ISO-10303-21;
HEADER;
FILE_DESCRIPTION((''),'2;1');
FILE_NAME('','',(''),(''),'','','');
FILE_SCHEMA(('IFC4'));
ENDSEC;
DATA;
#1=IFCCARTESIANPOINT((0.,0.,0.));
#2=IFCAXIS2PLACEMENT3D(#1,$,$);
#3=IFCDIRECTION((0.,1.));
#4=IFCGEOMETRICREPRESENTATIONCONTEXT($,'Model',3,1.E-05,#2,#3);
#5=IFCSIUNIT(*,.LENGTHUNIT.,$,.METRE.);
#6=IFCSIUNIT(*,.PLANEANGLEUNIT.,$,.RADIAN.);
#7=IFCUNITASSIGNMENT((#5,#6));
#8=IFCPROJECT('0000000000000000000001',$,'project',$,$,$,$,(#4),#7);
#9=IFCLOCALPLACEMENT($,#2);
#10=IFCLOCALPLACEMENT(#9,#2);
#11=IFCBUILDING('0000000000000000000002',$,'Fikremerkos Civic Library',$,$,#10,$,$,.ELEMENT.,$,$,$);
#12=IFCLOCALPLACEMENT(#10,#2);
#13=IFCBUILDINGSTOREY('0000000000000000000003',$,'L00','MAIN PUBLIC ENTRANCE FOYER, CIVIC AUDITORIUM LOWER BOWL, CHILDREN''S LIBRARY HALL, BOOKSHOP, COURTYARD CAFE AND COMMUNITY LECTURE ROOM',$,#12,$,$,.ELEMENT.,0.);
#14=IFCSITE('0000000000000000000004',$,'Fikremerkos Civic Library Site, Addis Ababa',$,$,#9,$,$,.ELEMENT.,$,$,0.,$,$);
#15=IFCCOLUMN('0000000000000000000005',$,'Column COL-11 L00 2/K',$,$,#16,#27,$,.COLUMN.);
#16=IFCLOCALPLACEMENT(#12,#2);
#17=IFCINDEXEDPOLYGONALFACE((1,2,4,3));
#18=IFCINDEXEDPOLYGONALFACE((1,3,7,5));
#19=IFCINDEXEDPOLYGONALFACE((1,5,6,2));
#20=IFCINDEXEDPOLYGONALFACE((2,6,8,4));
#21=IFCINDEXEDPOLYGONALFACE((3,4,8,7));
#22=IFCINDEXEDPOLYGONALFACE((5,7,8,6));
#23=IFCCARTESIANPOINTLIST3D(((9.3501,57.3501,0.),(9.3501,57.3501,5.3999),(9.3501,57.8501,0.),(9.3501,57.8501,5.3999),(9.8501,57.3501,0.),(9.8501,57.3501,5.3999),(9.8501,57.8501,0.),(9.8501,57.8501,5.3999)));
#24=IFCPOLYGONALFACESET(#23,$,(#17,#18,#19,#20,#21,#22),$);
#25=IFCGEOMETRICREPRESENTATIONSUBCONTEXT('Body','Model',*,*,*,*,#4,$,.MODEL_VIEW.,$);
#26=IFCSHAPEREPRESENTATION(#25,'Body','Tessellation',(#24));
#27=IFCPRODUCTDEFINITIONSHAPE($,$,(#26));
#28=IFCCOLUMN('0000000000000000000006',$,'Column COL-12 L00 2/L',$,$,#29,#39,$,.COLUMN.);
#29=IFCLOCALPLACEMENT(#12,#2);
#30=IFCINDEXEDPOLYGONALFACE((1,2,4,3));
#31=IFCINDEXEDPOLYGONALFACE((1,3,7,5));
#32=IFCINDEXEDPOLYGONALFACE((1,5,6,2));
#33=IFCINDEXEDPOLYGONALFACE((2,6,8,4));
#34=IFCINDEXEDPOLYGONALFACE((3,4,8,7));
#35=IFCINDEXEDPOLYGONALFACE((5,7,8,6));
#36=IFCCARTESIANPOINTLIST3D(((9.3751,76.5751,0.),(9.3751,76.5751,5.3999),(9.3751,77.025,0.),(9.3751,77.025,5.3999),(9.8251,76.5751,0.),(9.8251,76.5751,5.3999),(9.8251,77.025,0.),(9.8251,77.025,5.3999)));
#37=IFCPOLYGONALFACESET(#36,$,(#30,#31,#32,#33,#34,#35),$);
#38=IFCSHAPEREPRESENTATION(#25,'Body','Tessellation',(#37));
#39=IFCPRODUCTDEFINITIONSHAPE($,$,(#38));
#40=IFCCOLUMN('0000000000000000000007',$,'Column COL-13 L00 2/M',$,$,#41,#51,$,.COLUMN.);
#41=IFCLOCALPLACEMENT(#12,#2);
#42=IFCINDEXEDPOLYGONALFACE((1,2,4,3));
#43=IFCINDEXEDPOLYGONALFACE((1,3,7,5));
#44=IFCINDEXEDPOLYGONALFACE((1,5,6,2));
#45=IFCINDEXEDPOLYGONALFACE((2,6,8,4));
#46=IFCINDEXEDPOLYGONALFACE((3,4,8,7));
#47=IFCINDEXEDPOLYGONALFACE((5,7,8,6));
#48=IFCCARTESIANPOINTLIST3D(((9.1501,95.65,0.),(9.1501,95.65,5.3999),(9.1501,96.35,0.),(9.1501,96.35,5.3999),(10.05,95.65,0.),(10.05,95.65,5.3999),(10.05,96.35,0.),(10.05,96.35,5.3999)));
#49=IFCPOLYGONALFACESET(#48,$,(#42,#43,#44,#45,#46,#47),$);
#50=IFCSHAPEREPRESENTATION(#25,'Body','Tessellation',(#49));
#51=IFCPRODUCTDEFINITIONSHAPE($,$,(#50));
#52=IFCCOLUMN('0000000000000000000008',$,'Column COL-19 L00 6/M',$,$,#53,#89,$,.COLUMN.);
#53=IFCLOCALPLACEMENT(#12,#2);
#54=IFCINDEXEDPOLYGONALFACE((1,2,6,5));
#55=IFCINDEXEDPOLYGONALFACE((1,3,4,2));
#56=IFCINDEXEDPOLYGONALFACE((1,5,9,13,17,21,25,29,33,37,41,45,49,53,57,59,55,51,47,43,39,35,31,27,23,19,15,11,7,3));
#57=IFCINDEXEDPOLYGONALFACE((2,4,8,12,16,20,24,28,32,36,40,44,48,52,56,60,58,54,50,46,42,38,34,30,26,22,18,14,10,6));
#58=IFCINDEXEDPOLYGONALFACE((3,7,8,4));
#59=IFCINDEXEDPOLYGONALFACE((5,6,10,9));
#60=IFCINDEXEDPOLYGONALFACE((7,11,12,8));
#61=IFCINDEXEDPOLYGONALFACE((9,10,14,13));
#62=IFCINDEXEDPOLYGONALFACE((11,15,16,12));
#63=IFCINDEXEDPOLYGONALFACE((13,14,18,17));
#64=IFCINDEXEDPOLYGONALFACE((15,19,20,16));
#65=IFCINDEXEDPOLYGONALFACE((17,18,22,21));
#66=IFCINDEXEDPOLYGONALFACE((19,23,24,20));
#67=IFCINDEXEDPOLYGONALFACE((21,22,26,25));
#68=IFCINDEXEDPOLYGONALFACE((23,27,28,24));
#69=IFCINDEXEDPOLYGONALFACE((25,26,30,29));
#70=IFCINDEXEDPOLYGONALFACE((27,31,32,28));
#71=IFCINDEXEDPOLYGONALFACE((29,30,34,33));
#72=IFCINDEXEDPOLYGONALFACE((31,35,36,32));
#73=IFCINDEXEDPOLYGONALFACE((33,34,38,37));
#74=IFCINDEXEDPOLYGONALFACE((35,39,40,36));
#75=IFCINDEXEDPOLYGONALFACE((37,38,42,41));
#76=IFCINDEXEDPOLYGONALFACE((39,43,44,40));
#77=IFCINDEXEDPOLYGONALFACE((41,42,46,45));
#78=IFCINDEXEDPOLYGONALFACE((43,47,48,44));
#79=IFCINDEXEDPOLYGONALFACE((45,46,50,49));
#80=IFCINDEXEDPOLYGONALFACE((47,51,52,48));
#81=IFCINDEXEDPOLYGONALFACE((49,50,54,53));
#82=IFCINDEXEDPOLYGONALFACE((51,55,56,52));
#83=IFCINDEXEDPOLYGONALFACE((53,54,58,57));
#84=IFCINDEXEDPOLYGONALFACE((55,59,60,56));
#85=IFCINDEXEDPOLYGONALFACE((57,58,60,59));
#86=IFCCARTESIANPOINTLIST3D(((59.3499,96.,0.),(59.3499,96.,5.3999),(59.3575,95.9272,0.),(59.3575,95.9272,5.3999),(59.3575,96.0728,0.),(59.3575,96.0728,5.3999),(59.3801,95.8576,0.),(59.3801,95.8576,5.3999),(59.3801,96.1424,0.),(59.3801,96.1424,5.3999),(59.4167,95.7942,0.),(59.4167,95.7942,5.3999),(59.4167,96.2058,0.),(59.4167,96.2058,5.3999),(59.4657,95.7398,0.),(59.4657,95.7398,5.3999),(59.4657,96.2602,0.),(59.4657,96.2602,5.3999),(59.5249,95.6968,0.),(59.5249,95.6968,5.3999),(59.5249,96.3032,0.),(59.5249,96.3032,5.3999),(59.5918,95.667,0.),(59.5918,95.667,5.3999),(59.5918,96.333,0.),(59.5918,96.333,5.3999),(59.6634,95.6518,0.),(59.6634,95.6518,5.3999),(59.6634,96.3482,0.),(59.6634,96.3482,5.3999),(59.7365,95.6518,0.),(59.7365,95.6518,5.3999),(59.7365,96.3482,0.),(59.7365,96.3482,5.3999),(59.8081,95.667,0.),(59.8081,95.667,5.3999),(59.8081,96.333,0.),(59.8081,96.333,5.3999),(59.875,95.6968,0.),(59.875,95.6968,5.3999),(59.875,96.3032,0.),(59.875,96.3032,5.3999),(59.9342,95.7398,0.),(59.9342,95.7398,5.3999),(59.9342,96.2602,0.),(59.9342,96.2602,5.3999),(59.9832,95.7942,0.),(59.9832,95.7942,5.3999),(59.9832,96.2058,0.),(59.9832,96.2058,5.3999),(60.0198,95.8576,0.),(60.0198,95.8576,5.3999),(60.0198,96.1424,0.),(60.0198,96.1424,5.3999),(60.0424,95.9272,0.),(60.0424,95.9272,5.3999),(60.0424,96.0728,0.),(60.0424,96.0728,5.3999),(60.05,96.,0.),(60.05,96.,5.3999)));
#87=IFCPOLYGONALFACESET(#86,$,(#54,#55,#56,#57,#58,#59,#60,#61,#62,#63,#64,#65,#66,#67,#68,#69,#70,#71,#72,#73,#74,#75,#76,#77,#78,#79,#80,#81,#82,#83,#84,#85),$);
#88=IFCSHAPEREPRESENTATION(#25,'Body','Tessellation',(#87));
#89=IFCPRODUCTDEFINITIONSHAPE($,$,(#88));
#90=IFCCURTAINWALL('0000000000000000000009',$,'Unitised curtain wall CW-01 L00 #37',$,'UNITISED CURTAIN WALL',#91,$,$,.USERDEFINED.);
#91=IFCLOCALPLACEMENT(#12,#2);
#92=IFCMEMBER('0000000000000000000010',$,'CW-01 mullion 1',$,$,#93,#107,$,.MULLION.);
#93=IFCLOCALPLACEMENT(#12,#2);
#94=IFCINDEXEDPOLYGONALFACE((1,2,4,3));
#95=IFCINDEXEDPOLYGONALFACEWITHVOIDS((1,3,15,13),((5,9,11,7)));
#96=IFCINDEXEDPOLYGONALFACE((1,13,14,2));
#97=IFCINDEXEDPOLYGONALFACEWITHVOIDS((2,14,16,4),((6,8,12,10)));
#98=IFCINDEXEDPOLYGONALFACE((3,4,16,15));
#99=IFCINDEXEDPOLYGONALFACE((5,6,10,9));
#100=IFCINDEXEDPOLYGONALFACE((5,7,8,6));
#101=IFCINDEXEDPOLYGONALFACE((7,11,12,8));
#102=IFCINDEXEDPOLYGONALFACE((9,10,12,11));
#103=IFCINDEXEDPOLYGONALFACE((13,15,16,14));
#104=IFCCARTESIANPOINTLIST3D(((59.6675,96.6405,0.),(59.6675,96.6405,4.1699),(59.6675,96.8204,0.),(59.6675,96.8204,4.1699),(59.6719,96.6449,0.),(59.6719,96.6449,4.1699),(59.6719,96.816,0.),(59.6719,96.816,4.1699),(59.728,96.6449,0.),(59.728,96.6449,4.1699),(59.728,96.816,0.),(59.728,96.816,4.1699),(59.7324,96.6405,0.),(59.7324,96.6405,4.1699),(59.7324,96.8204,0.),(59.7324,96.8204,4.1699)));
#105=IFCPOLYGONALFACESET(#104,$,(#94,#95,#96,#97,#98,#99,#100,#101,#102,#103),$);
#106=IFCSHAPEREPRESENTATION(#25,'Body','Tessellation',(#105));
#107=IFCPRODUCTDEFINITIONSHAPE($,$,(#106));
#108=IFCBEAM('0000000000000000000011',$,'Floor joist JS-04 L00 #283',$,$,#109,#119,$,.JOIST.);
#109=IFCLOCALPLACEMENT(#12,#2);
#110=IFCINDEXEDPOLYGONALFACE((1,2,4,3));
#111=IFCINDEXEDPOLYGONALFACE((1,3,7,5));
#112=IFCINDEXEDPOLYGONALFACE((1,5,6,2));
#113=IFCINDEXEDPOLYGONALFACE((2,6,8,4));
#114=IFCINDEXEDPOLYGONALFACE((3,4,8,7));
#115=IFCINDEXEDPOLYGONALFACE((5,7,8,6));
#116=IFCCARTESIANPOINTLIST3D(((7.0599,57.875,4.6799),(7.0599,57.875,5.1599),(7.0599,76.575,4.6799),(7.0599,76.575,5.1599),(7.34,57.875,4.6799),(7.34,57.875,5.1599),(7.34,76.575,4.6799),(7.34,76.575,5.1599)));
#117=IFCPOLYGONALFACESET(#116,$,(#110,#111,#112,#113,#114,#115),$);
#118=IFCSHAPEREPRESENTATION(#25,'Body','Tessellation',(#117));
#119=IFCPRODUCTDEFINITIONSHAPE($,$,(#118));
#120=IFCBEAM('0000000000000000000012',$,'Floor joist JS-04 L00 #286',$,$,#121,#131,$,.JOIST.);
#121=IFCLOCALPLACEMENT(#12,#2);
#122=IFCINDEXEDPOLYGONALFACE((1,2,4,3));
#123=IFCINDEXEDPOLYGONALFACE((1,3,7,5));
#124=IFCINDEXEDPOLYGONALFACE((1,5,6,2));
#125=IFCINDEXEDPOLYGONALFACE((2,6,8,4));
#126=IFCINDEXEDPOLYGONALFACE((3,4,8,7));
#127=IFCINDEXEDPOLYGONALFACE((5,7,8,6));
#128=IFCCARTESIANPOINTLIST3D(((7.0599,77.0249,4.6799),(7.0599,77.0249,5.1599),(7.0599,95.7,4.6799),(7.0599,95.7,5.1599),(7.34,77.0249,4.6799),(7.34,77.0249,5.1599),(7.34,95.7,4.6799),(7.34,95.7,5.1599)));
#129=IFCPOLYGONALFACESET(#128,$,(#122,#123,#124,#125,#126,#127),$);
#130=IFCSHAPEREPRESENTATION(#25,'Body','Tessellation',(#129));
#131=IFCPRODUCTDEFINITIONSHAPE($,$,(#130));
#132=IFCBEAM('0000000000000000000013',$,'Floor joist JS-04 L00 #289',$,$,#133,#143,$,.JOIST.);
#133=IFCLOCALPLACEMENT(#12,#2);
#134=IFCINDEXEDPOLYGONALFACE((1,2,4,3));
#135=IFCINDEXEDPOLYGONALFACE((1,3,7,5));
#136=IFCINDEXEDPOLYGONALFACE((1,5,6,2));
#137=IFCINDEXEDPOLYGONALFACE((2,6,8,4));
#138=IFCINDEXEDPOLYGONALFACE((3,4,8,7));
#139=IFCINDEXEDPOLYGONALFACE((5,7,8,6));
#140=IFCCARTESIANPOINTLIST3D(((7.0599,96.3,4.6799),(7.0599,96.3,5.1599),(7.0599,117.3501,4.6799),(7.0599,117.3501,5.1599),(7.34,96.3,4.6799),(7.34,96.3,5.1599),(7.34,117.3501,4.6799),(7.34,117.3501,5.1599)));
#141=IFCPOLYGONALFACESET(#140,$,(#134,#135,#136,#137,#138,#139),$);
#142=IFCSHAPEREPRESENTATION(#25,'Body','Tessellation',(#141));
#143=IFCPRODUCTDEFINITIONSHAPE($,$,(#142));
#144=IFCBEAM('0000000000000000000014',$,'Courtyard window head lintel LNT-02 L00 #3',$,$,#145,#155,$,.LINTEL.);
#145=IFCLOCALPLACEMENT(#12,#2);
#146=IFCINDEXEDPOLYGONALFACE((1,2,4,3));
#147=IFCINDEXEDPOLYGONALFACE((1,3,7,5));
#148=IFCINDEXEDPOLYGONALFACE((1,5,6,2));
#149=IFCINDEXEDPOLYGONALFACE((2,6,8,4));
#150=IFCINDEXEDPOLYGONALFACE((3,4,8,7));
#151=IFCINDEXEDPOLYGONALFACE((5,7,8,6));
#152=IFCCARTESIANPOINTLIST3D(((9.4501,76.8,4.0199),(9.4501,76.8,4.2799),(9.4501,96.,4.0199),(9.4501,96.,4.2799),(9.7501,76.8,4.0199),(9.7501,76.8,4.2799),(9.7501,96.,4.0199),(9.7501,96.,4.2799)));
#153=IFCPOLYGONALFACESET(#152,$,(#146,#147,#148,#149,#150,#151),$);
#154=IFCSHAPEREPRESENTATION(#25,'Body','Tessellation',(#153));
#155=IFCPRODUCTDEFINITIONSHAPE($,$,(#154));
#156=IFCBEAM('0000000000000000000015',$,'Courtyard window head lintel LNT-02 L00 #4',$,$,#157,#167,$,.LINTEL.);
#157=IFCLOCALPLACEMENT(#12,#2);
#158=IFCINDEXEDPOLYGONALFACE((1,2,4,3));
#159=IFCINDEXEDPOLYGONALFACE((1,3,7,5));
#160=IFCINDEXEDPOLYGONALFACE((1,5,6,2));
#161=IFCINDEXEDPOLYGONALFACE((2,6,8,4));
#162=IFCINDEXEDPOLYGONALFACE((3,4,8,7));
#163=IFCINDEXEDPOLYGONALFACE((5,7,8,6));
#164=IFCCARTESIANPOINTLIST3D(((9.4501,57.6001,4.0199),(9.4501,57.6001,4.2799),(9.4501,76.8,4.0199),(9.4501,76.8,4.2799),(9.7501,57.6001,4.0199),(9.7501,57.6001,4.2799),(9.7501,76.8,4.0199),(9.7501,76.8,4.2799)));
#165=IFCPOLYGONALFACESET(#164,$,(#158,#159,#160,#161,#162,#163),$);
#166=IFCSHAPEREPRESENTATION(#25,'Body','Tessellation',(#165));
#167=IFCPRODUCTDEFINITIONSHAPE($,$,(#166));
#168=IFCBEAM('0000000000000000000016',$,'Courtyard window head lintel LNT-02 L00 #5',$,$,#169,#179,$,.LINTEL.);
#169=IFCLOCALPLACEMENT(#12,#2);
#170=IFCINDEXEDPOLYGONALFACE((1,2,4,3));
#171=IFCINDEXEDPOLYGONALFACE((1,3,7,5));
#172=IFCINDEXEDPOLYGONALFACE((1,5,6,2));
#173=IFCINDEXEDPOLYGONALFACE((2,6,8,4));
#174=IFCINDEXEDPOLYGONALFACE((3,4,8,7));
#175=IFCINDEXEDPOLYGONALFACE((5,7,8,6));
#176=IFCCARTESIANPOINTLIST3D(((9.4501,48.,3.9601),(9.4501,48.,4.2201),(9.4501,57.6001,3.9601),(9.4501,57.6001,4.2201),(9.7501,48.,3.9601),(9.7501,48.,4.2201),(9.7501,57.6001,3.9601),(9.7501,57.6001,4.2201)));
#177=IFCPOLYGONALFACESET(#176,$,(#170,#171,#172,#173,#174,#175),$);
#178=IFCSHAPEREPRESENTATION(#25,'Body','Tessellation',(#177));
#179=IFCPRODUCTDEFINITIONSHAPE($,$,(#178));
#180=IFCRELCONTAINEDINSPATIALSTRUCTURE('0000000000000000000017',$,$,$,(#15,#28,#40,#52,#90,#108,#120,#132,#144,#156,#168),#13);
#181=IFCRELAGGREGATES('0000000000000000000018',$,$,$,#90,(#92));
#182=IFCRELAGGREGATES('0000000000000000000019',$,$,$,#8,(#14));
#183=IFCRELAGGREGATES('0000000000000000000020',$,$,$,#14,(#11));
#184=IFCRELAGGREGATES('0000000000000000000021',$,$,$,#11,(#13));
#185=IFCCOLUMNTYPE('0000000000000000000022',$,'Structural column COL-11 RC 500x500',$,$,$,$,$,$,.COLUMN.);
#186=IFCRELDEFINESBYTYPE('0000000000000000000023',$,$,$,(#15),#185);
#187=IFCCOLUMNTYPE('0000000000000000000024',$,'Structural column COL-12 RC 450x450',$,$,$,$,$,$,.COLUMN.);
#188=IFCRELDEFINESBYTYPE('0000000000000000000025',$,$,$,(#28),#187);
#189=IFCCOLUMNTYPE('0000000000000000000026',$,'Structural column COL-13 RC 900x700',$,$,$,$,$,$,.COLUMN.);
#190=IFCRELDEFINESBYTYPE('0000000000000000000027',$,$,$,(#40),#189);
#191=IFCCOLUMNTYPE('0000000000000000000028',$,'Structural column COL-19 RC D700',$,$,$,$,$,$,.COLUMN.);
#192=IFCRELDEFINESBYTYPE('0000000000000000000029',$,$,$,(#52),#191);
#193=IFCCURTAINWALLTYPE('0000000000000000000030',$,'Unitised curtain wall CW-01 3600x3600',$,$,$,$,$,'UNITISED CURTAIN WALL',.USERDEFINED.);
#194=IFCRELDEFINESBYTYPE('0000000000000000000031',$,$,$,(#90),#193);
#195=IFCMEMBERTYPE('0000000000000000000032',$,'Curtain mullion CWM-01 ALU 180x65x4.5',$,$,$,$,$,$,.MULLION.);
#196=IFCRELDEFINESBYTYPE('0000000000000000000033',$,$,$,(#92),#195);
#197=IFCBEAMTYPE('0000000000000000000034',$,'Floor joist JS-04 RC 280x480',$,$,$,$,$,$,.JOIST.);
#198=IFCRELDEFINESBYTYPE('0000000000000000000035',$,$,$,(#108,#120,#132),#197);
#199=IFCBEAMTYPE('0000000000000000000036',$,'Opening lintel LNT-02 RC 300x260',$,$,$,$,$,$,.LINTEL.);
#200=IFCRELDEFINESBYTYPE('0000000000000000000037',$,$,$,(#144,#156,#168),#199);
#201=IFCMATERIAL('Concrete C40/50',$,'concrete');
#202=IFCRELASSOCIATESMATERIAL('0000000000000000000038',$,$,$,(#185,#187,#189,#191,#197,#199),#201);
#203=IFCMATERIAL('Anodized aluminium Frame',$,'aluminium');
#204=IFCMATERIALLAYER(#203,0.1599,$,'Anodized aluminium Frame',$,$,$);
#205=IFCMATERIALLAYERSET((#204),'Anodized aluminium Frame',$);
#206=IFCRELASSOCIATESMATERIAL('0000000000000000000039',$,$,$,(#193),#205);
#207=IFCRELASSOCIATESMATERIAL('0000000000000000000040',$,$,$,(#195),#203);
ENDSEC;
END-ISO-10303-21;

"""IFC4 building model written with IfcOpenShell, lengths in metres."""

from ifc_helpers import new_model, si_unit, direction, frame, origin, origin_2d, place, context, subcontext, project, spatial, rectangle, hollow_rectangle, circle, extrude, material, layer, layer_set, material_profile, profile_set, type_object, element, aggregate, save


model = new_model("IFC4")

# Units and contexts
model_context = context("Model", 3, precision=1e-05, world=origin(), true_north=direction((0.0, 1.0)))
body_context = subcontext(model_context, "Body", "Model", "MODEL_VIEW")
ifc_project = project(units=[si_unit("LENGTHUNIT", "METRE"), si_unit("PLANEANGLEUNIT", "RADIAN")], contexts=[model_context])

# Site, building, storey
site_placement = place(None, origin())
site = spatial("IfcSite", under=ifc_project, at=site_placement, Name="Fikremerkos Civic Library Site, Addis Ababa", CompositionType="ELEMENT", RefElevation=0.0)
building_placement = place(site_placement, origin())
building = spatial("IfcBuilding", under=site, at=building_placement, Name="Fikremerkos Civic Library", CompositionType="ELEMENT")
storey_placement = place(building_placement, origin())
storey = spatial("IfcBuildingStorey", under=building, at=storey_placement, Name="L00", Description="MAIN PUBLIC ENTRANCE FOYER, CIVIC AUDITORIUM LOWER BOWL, CHILDREN'S LIBRARY HALL, BOOKSHOP, COURTYARD CAFE AND COMMUNITY LECTURE ROOM", CompositionType="ELEMENT", Elevation=0.0)

# Columns
ifc_material_1 = material(Name="Concrete C40/50", Category="concrete")
ifc_material_profile_1 = material_profile(ifc_material_1, rectangle(XDim=0.5, YDim=0.5, at=origin_2d()), Name="RC 500x500")
ifc_profile_set_1 = profile_set([ifc_material_profile_1], Name="Concrete C40/50")
column_type_1 = type_object("IfcColumnType", Name="Structural column COL-11 RC 500x500", PredefinedType="COLUMN", material=ifc_profile_set_1)
column_1_placement = place(storey_placement, frame((9.6001, 57.6001, 0.0), z_axis=(0.0, 0.0, 1.0), x_axis=(1.0, 0.0, 0.0)))
element("IfcColumn", 1, at=column_1_placement, inside=storey, type_object=column_type_1, Name="Column COL-11 L00 2/K", PredefinedType="COLUMN", context=body_context, shape_type="SweptSolid", body=[
    extrude(rectangle(XDim=0.5, YDim=0.5, at=origin_2d()), origin(), (0.0, 0.0, 1.0), 5.3999),
])
ifc_material_profile_2 = material_profile(ifc_material_1, rectangle(XDim=0.45, YDim=0.45, at=origin_2d()), Name="RC 450x450")
ifc_profile_set_2 = profile_set([ifc_material_profile_2], Name="Concrete C40/50")
column_type_2 = type_object("IfcColumnType", Name="Structural column COL-12 RC 450x450", PredefinedType="COLUMN", material=ifc_profile_set_2)
column_2_placement = place(storey_placement, frame((9.6001, 76.8, 0.0), z_axis=(0.0, 0.0, 1.0), x_axis=(1.0, 0.0, 0.0)))
element("IfcColumn", 2, at=column_2_placement, inside=storey, type_object=column_type_2, Name="Column COL-12 L00 2/L", PredefinedType="COLUMN", context=body_context, shape_type="SweptSolid", body=[
    extrude(rectangle(XDim=0.45, YDim=0.45, at=origin_2d()), origin(), (0.0, 0.0, 1.0), 5.3999),
])
ifc_material_profile_3 = material_profile(ifc_material_1, rectangle(XDim=0.8999, YDim=0.7, at=origin_2d()), Name="RC 900x700")
ifc_profile_set_3 = profile_set([ifc_material_profile_3], Name="Concrete C40/50")
column_type_3 = type_object("IfcColumnType", Name="Structural column COL-13 RC 900x700", PredefinedType="COLUMN", material=ifc_profile_set_3)
column_3_placement = place(storey_placement, frame((9.6001, 96.0, 0.0), z_axis=(0.0, 0.0, 1.0), x_axis=(1.0, 0.0, 0.0)))
element("IfcColumn", 3, at=column_3_placement, inside=storey, type_object=column_type_3, Name="Column COL-13 L00 2/M", PredefinedType="COLUMN", context=body_context, shape_type="SweptSolid", body=[
    extrude(rectangle(XDim=0.8999, YDim=0.7, at=origin_2d()), origin(), (0.0, 0.0, 1.0), 5.3999),
])
ifc_material_profile_4 = material_profile(ifc_material_1, circle(Radius=0.3501, at=origin_2d()), Name="RC D700")
ifc_profile_set_4 = profile_set([ifc_material_profile_4], Name="Concrete C40/50")
column_type_4 = type_object("IfcColumnType", Name="Structural column COL-19 RC D700", PredefinedType="COLUMN", material=ifc_profile_set_4)
column_4_placement = place(storey_placement, frame((59.7, 96.0, 0.0), z_axis=(0.0, 0.0, 1.0), x_axis=(1.0, 0.0, 0.0)))
element("IfcColumn", 4, at=column_4_placement, inside=storey, type_object=column_type_4, Name="Column COL-19 L00 6/M", PredefinedType="COLUMN", context=body_context, shape_type="SweptSolid", body=[
    extrude(circle(Radius=0.3501, at=origin_2d()), origin(), (0.0, 0.0, 1.0), 5.3999),
])

# Curtain wall, member
ifc_material_2 = material(Name="Anodized aluminium Frame", Category="aluminium")
ifc_layer_1 = layer(ifc_material_2, 0.1599, Name="Anodized aluminium Frame")
ifc_layer_set_1 = layer_set([ifc_layer_1], Name="Anodized aluminium Frame")
curtain_wall_type = type_object("IfcCurtainWallType", Name="Unitised curtain wall CW-01 3600x3600", ElementType="UNITISED CURTAIN WALL", PredefinedType="USERDEFINED", material=ifc_layer_set_1)
curtain_wall_placement = place(storey_placement, origin())
curtain_wall = element("IfcCurtainWall", 5, at=curtain_wall_placement, inside=storey, type_object=curtain_wall_type, Name="Unitised curtain wall CW-01 L00 #37", ObjectType="UNITISED CURTAIN WALL", PredefinedType="USERDEFINED")
ifc_material_profile_5 = material_profile(ifc_material_2, hollow_rectangle(XDim=0.0649, YDim=0.1799, WallThickness=0.0044, at=origin_2d()), Name="ALU 180x65x4.5")
ifc_profile_set_5 = profile_set([ifc_material_profile_5], Name="Anodized aluminium Frame")
member_type = type_object("IfcMemberType", Name="Curtain mullion CWM-01 ALU 180x65x4.5", PredefinedType="MULLION", material=ifc_profile_set_5)
member_placement = place(storey_placement, frame((59.7, 96.7305, 0.0), z_axis=(0.0, 0.0, 1.0), x_axis=(-1.0, 0.0, 0.0)))
member = element("IfcMember", 6, at=member_placement, type_object=member_type, Name="CW-01 mullion 1", PredefinedType="MULLION", context=body_context, shape_type="SweptSolid", body=[
    extrude(hollow_rectangle(XDim=0.0649, YDim=0.1799, WallThickness=0.0044, at=origin_2d()), origin(), (0.0, 0.0, 1.0), 4.1699),
])
aggregate(curtain_wall, [member])

# Beams
ifc_material_profile_6 = material_profile(ifc_material_1, rectangle(XDim=0.28, YDim=0.48, at=origin_2d()), Name="RC 280x480")
ifc_profile_set_6 = profile_set([ifc_material_profile_6], Name="Concrete C40/50")
beam_type_1 = type_object("IfcBeamType", Name="Floor joist JS-04 RC 280x480", PredefinedType="JOIST", material=ifc_profile_set_6)
beam_1_placement = place(storey_placement, frame((7.2, 57.875, 4.9199), z_axis=(0.0, 1.0, 0.0), x_axis=(-1.0, 0.0, 0.0)))
element("IfcBeam", 7, at=beam_1_placement, inside=storey, type_object=beam_type_1, Name="Floor joist JS-04 L00 #283", PredefinedType="JOIST", context=body_context, shape_type="SweptSolid", body=[
    extrude(rectangle(XDim=0.28, YDim=0.48, at=origin_2d()), origin(), (0.0, 0.0, 1.0), 18.7),
])
beam_2_placement = place(storey_placement, frame((7.2, 77.0249, 4.9199), z_axis=(0.0, 1.0, 0.0), x_axis=(-1.0, 0.0, 0.0)))
element("IfcBeam", 8, at=beam_2_placement, inside=storey, type_object=beam_type_1, Name="Floor joist JS-04 L00 #286", PredefinedType="JOIST", context=body_context, shape_type="SweptSolid", body=[
    extrude(rectangle(XDim=0.28, YDim=0.48, at=origin_2d()), origin(), (0.0, 0.0, 1.0), 18.675),
])
beam_3_placement = place(storey_placement, frame((7.2, 96.3, 4.9199), z_axis=(0.0, 1.0, 0.0), x_axis=(-1.0, 0.0, 0.0)))
element("IfcBeam", 9, at=beam_3_placement, inside=storey, type_object=beam_type_1, Name="Floor joist JS-04 L00 #289", PredefinedType="JOIST", context=body_context, shape_type="SweptSolid", body=[
    extrude(rectangle(XDim=0.28, YDim=0.48, at=origin_2d()), origin(), (0.0, 0.0, 1.0), 21.05),
])
ifc_material_profile_7 = material_profile(ifc_material_1, rectangle(XDim=0.3, YDim=0.26, at=origin_2d()), Name="RC 300x260")
ifc_profile_set_7 = profile_set([ifc_material_profile_7], Name="Concrete C40/50")
beam_type_2 = type_object("IfcBeamType", Name="Opening lintel LNT-02 RC 300x260", PredefinedType="LINTEL", material=ifc_profile_set_7)
for number, where, z_axis, x_axis, name in (
    (10, (9.6001, 96.0, 4.1499), (0.0, -1.0, 0.0), (1.0, 0.0, 0.0), "Courtyard window head lintel LNT-02 L00 #3"),
    (11, (9.6001, 76.8, 4.1499), (0.0, -1.0, 0.0), (1.0, 0.0, 0.0), "Courtyard window head lintel LNT-02 L00 #4"),
):
    element("IfcBeam", number, at=place(storey_placement, frame(where, z_axis=z_axis, x_axis=x_axis)), inside=storey, type_object=beam_type_2, Name=name, PredefinedType="LINTEL", context=body_context, shape_type="SweptSolid", body=[
        extrude(rectangle(XDim=0.3, YDim=0.26, at=origin_2d()), origin(), (0.0, 0.0, 1.0), 19.2),
    ])
beam_4_placement = place(storey_placement, frame((9.6001, 57.6001, 4.0901), z_axis=(0.0, -1.0, 0.0), x_axis=(1.0, 0.0, 0.0)))
element("IfcBeam", 12, at=beam_4_placement, inside=storey, type_object=beam_type_2, Name="Courtyard window head lintel LNT-02 L00 #5", PredefinedType="LINTEL", context=body_context, shape_type="SweptSolid", body=[
    extrude(rectangle(XDim=0.3, YDim=0.26, at=origin_2d()), origin(), (0.0, 0.0, 1.0), 9.6001),
])

save(model, "model.ifc")
